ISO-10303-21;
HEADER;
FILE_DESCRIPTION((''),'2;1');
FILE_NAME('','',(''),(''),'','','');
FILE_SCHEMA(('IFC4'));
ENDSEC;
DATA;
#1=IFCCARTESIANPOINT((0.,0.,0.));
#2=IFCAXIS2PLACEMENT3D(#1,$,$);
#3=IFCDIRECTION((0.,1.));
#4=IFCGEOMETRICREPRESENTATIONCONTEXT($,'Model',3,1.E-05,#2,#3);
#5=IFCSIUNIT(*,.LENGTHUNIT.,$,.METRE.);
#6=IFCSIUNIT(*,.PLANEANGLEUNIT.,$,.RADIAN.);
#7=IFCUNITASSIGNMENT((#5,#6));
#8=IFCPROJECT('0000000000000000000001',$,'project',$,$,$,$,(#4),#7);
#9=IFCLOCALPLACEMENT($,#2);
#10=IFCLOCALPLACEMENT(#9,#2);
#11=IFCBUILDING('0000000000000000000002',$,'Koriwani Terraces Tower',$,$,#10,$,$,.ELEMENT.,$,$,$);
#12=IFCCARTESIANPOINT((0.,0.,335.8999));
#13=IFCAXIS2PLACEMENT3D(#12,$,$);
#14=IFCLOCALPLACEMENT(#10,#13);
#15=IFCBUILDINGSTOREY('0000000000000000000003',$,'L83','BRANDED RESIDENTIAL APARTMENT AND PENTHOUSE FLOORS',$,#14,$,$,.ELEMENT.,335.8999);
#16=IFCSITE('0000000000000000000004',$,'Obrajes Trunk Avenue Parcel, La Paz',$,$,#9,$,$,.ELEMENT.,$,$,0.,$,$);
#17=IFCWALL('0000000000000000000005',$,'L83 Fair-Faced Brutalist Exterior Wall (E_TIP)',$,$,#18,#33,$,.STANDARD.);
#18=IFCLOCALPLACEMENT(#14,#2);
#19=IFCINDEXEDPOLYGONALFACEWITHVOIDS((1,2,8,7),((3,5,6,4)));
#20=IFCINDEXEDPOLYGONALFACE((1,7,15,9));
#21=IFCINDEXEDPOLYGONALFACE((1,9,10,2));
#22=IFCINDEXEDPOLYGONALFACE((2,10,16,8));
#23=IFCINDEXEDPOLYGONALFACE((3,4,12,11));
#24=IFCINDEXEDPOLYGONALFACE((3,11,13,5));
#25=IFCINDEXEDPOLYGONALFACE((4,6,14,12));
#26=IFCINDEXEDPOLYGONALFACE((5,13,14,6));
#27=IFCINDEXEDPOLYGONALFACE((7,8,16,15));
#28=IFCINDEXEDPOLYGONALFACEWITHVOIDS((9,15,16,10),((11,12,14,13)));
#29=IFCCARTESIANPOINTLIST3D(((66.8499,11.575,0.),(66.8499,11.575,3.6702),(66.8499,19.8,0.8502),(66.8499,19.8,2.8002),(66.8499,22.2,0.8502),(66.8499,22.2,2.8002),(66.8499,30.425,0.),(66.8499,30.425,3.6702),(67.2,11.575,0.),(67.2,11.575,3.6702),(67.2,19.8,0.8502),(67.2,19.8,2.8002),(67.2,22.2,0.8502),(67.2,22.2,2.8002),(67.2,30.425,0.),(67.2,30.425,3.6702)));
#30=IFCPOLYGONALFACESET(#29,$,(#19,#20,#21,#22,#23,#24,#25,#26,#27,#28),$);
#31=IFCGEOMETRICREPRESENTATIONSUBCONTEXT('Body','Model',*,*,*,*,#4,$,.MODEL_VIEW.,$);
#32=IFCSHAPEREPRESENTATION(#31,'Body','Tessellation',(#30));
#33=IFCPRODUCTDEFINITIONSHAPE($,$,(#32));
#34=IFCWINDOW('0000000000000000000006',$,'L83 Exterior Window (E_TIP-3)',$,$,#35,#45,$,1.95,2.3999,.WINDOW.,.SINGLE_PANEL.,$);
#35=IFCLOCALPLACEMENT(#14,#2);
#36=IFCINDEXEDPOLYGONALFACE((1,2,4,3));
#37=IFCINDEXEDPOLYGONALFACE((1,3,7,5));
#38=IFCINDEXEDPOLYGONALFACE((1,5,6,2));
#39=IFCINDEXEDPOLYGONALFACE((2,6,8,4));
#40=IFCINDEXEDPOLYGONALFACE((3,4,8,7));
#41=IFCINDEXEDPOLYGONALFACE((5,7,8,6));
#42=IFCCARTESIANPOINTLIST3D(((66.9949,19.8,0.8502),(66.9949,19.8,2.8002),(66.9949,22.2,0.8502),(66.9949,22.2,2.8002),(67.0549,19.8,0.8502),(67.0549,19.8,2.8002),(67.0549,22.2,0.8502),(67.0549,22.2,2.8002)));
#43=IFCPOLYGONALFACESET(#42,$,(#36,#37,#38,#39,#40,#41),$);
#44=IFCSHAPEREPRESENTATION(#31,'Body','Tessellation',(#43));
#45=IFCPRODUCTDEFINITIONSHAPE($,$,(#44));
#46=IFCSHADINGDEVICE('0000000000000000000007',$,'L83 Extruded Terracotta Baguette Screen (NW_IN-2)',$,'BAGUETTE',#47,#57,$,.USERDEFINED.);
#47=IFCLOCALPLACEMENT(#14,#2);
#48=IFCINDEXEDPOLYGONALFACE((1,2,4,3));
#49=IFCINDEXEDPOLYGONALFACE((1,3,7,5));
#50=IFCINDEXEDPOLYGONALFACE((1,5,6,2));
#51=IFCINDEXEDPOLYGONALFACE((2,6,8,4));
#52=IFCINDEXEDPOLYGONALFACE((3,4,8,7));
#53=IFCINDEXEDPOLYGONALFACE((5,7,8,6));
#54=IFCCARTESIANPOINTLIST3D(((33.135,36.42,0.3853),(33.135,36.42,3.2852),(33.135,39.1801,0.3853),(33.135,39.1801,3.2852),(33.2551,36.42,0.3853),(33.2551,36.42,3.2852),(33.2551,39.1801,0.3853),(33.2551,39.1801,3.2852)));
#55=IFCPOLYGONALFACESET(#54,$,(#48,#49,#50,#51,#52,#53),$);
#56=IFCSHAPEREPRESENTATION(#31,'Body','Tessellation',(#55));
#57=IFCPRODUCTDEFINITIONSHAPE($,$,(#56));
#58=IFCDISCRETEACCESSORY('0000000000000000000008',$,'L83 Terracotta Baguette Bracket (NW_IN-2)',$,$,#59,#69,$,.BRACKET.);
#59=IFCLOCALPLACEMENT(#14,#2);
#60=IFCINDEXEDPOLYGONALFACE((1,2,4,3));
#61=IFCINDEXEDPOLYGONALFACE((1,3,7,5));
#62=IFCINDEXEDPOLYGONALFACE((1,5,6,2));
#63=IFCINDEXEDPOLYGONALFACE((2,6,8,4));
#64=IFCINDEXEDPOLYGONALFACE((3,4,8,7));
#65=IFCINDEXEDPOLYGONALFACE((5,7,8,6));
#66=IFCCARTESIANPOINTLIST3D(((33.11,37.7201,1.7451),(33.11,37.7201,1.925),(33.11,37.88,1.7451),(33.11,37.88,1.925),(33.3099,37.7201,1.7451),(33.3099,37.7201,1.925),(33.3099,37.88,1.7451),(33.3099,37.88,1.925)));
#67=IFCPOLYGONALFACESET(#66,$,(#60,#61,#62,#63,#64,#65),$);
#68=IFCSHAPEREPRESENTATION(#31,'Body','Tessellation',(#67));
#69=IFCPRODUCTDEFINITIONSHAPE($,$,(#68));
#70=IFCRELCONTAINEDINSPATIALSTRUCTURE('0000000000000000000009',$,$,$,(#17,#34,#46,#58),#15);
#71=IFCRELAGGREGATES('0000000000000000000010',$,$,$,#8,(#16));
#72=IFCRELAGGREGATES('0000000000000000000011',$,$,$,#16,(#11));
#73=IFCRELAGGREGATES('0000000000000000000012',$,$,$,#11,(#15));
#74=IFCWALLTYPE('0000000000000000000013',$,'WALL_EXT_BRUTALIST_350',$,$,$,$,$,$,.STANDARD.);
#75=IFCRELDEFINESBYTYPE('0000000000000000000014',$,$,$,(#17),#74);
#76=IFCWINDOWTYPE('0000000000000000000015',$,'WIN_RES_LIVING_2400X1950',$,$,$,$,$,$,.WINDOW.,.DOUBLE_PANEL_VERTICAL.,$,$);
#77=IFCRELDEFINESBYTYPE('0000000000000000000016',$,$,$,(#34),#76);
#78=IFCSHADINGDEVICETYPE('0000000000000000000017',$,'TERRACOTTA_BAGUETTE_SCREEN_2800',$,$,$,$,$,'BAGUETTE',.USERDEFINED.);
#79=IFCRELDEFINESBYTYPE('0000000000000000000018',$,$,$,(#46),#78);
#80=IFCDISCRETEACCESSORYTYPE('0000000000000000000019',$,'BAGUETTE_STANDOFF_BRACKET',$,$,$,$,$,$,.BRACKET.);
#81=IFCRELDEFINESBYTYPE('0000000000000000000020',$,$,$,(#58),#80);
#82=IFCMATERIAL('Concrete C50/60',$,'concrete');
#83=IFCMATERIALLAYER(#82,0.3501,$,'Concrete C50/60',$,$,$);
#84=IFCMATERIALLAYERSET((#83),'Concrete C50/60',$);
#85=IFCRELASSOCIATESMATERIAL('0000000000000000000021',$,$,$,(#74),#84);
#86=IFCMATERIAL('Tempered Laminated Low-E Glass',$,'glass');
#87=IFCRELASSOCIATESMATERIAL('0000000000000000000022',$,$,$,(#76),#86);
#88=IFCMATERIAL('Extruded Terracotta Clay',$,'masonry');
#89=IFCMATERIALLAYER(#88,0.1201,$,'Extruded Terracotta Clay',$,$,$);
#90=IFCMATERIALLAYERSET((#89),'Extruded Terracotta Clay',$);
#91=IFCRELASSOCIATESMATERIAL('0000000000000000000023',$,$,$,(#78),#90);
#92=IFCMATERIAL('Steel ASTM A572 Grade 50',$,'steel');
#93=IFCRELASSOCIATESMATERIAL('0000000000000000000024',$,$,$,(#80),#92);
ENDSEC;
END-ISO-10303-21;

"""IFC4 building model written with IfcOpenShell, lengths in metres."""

from ifc_helpers import new_model, si_unit, direction, frame, frame_2d, origin, origin_2d, place, context, subcontext, project, spatial, rectangle, extrude, material, layer, layer_set, type_object, element, fill, save


model = new_model("IFC4")

# Units and contexts
model_context = context("Model", 3, precision=1e-05, world=origin(), true_north=direction((0.0, 1.0)))
body_context = subcontext(model_context, "Body", "Model", "MODEL_VIEW")
ifc_project = project(units=[si_unit("LENGTHUNIT", "METRE"), si_unit("PLANEANGLEUNIT", "RADIAN")], contexts=[model_context])

# Site, building, storey
site_placement = place(None, origin())
site = spatial("IfcSite", under=ifc_project, at=site_placement, Name="Obrajes Trunk Avenue Parcel, La Paz", CompositionType="ELEMENT", RefElevation=0.0)
building_placement = place(site_placement, origin())
building = spatial("IfcBuilding", under=site, at=building_placement, Name="Koriwani Terraces Tower", CompositionType="ELEMENT")
storey_placement = place(building_placement, frame((0.0, 0.0, 335.8999)))
storey = spatial("IfcBuildingStorey", under=building, at=storey_placement, Name="L83", Description="BRANDED RESIDENTIAL APARTMENT AND PENTHOUSE FLOORS", CompositionType="ELEMENT", Elevation=335.8999)

# Shared definitions
ifc_material_1 = material(Name="Concrete C50/60", Category="concrete")

# Shared definitions
ifc_material_2 = material(Name="Steel ASTM A572 Grade 50", Category="steel")

# Shared definitions
ifc_layer_1 = layer(ifc_material_1, 0.3501, Name="Concrete C50/60")
ifc_layer_set_1 = layer_set([ifc_layer_1], Name="Concrete C50/60")
wall_type_1 = type_object("IfcWallType", Name="WALL_EXT_BRUTALIST_350", PredefinedType="STANDARD", material=ifc_layer_set_1)

# Wall, opening, window
wall_1_placement = place(storey_placement, frame((67.0249, 30.425, 0.0), z_axis=(0.0, 0.0, 1.0), x_axis=(0.0, -1.0, 0.0)))
wall_1 = element("IfcWall", 1, at=wall_1_placement, inside=storey, type_object=wall_type_1, Name="L83 Fair-Faced Brutalist Exterior Wall (E_TIP)", PredefinedType="STANDARD", context=body_context, shape_type="SweptSolid", body=[
    extrude(rectangle(XDim=18.8501, YDim=0.3501, at=frame_2d((9.425, 0.0))), origin(), (0.0, 0.0, 1.0), 3.6702),
])
opening_1_placement = place(wall_1_placement, frame((8.2251, 0.0, 0.8501)))
opening_1 = element("IfcOpeningElement", 2, at=opening_1_placement, cuts=wall_1, PredefinedType="OPENING", context=body_context, shape_type="SweptSolid", body=[
    extrude(rectangle(XDim=2.3999, YDim=1.95, at=frame_2d((1.2, 0.9751))), frame((0.0, 0.1851, 0.0), z_axis=(0.0, -1.0, 0.0), x_axis=(1.0, 0.0, 0.0)), (0.0, 0.0, 1.0), 0.3701),
])
ifc_material_3 = material(Name="Tempered Laminated Low-E Glass", Category="glass")
window_type = type_object("IfcWindowType", Name="WIN_RES_LIVING_2400X1950", PartitioningType="DOUBLE_PANEL_VERTICAL", PredefinedType="WINDOW", material=ifc_material_3)
window_placement = place(opening_1_placement, origin())
window = element("IfcWindow", 3, at=window_placement, inside=storey, type_object=window_type, Name="L83 Exterior Window (E_TIP-3)", OverallHeight=1.95, OverallWidth=2.3999, PartitioningType="SINGLE_PANEL", PredefinedType="WINDOW", context=body_context, shape_type="SweptSolid", body=[
    extrude(rectangle(XDim=2.3999, YDim=1.95, at=frame_2d((1.2, 0.9751))), frame((0.0, 0.03, 0.0), z_axis=(0.0, -1.0, 0.0), x_axis=(1.0, 0.0, 0.0)), (0.0, 0.0, 1.0), 0.0601),
])
fill(opening_1, window)

# Shading device
ifc_material_4 = material(Name="Extruded Terracotta Clay", Category="masonry")
ifc_layer_2 = layer(ifc_material_4, 0.1201, Name="Extruded Terracotta Clay")
ifc_layer_set_2 = layer_set([ifc_layer_2], Name="Extruded Terracotta Clay")
shading_device_type = type_object("IfcShadingDeviceType", Name="TERRACOTTA_BAGUETTE_SCREEN_2800", ElementType="BAGUETTE", PredefinedType="USERDEFINED", material=ifc_layer_set_2)
shading_device_placement = place(storey_placement, frame((33.1951, 37.8, 0.3853), z_axis=(0.0, 0.0, 1.0), x_axis=(0.0, -1.0, 0.0)))
element("IfcShadingDevice", 4, at=shading_device_placement, inside=storey, type_object=shading_device_type, Name="L83 Extruded Terracotta Baguette Screen (NW_IN-2)", ObjectType="BAGUETTE", PredefinedType="USERDEFINED", context=body_context, shape_type="SweptSolid", body=[
    extrude(rectangle(XDim=2.76, YDim=0.1201, at=origin_2d()), origin(), (0.0, 0.0, 1.0), 2.8999),
])

# Discrete accessory
discrete_accessory_type = type_object("IfcDiscreteAccessoryType", Name="BAGUETTE_STANDOFF_BRACKET", PredefinedType="BRACKET", material=ifc_material_2)
discrete_accessory_placement = place(storey_placement, frame((33.21, 37.8, 1.7451), z_axis=(0.0, 0.0, 1.0), x_axis=(0.0, -1.0, 0.0)))
element("IfcDiscreteAccessory", 5, at=discrete_accessory_placement, inside=storey, type_object=discrete_accessory_type, Name="L83 Terracotta Baguette Bracket (NW_IN-2)", PredefinedType="BRACKET", context=body_context, shape_type="SweptSolid", body=[
    extrude(rectangle(XDim=0.1599, YDim=0.2, at=origin_2d()), origin(), (0.0, 0.0, 1.0), 0.1799),
])

save(model, "model.ifc")
